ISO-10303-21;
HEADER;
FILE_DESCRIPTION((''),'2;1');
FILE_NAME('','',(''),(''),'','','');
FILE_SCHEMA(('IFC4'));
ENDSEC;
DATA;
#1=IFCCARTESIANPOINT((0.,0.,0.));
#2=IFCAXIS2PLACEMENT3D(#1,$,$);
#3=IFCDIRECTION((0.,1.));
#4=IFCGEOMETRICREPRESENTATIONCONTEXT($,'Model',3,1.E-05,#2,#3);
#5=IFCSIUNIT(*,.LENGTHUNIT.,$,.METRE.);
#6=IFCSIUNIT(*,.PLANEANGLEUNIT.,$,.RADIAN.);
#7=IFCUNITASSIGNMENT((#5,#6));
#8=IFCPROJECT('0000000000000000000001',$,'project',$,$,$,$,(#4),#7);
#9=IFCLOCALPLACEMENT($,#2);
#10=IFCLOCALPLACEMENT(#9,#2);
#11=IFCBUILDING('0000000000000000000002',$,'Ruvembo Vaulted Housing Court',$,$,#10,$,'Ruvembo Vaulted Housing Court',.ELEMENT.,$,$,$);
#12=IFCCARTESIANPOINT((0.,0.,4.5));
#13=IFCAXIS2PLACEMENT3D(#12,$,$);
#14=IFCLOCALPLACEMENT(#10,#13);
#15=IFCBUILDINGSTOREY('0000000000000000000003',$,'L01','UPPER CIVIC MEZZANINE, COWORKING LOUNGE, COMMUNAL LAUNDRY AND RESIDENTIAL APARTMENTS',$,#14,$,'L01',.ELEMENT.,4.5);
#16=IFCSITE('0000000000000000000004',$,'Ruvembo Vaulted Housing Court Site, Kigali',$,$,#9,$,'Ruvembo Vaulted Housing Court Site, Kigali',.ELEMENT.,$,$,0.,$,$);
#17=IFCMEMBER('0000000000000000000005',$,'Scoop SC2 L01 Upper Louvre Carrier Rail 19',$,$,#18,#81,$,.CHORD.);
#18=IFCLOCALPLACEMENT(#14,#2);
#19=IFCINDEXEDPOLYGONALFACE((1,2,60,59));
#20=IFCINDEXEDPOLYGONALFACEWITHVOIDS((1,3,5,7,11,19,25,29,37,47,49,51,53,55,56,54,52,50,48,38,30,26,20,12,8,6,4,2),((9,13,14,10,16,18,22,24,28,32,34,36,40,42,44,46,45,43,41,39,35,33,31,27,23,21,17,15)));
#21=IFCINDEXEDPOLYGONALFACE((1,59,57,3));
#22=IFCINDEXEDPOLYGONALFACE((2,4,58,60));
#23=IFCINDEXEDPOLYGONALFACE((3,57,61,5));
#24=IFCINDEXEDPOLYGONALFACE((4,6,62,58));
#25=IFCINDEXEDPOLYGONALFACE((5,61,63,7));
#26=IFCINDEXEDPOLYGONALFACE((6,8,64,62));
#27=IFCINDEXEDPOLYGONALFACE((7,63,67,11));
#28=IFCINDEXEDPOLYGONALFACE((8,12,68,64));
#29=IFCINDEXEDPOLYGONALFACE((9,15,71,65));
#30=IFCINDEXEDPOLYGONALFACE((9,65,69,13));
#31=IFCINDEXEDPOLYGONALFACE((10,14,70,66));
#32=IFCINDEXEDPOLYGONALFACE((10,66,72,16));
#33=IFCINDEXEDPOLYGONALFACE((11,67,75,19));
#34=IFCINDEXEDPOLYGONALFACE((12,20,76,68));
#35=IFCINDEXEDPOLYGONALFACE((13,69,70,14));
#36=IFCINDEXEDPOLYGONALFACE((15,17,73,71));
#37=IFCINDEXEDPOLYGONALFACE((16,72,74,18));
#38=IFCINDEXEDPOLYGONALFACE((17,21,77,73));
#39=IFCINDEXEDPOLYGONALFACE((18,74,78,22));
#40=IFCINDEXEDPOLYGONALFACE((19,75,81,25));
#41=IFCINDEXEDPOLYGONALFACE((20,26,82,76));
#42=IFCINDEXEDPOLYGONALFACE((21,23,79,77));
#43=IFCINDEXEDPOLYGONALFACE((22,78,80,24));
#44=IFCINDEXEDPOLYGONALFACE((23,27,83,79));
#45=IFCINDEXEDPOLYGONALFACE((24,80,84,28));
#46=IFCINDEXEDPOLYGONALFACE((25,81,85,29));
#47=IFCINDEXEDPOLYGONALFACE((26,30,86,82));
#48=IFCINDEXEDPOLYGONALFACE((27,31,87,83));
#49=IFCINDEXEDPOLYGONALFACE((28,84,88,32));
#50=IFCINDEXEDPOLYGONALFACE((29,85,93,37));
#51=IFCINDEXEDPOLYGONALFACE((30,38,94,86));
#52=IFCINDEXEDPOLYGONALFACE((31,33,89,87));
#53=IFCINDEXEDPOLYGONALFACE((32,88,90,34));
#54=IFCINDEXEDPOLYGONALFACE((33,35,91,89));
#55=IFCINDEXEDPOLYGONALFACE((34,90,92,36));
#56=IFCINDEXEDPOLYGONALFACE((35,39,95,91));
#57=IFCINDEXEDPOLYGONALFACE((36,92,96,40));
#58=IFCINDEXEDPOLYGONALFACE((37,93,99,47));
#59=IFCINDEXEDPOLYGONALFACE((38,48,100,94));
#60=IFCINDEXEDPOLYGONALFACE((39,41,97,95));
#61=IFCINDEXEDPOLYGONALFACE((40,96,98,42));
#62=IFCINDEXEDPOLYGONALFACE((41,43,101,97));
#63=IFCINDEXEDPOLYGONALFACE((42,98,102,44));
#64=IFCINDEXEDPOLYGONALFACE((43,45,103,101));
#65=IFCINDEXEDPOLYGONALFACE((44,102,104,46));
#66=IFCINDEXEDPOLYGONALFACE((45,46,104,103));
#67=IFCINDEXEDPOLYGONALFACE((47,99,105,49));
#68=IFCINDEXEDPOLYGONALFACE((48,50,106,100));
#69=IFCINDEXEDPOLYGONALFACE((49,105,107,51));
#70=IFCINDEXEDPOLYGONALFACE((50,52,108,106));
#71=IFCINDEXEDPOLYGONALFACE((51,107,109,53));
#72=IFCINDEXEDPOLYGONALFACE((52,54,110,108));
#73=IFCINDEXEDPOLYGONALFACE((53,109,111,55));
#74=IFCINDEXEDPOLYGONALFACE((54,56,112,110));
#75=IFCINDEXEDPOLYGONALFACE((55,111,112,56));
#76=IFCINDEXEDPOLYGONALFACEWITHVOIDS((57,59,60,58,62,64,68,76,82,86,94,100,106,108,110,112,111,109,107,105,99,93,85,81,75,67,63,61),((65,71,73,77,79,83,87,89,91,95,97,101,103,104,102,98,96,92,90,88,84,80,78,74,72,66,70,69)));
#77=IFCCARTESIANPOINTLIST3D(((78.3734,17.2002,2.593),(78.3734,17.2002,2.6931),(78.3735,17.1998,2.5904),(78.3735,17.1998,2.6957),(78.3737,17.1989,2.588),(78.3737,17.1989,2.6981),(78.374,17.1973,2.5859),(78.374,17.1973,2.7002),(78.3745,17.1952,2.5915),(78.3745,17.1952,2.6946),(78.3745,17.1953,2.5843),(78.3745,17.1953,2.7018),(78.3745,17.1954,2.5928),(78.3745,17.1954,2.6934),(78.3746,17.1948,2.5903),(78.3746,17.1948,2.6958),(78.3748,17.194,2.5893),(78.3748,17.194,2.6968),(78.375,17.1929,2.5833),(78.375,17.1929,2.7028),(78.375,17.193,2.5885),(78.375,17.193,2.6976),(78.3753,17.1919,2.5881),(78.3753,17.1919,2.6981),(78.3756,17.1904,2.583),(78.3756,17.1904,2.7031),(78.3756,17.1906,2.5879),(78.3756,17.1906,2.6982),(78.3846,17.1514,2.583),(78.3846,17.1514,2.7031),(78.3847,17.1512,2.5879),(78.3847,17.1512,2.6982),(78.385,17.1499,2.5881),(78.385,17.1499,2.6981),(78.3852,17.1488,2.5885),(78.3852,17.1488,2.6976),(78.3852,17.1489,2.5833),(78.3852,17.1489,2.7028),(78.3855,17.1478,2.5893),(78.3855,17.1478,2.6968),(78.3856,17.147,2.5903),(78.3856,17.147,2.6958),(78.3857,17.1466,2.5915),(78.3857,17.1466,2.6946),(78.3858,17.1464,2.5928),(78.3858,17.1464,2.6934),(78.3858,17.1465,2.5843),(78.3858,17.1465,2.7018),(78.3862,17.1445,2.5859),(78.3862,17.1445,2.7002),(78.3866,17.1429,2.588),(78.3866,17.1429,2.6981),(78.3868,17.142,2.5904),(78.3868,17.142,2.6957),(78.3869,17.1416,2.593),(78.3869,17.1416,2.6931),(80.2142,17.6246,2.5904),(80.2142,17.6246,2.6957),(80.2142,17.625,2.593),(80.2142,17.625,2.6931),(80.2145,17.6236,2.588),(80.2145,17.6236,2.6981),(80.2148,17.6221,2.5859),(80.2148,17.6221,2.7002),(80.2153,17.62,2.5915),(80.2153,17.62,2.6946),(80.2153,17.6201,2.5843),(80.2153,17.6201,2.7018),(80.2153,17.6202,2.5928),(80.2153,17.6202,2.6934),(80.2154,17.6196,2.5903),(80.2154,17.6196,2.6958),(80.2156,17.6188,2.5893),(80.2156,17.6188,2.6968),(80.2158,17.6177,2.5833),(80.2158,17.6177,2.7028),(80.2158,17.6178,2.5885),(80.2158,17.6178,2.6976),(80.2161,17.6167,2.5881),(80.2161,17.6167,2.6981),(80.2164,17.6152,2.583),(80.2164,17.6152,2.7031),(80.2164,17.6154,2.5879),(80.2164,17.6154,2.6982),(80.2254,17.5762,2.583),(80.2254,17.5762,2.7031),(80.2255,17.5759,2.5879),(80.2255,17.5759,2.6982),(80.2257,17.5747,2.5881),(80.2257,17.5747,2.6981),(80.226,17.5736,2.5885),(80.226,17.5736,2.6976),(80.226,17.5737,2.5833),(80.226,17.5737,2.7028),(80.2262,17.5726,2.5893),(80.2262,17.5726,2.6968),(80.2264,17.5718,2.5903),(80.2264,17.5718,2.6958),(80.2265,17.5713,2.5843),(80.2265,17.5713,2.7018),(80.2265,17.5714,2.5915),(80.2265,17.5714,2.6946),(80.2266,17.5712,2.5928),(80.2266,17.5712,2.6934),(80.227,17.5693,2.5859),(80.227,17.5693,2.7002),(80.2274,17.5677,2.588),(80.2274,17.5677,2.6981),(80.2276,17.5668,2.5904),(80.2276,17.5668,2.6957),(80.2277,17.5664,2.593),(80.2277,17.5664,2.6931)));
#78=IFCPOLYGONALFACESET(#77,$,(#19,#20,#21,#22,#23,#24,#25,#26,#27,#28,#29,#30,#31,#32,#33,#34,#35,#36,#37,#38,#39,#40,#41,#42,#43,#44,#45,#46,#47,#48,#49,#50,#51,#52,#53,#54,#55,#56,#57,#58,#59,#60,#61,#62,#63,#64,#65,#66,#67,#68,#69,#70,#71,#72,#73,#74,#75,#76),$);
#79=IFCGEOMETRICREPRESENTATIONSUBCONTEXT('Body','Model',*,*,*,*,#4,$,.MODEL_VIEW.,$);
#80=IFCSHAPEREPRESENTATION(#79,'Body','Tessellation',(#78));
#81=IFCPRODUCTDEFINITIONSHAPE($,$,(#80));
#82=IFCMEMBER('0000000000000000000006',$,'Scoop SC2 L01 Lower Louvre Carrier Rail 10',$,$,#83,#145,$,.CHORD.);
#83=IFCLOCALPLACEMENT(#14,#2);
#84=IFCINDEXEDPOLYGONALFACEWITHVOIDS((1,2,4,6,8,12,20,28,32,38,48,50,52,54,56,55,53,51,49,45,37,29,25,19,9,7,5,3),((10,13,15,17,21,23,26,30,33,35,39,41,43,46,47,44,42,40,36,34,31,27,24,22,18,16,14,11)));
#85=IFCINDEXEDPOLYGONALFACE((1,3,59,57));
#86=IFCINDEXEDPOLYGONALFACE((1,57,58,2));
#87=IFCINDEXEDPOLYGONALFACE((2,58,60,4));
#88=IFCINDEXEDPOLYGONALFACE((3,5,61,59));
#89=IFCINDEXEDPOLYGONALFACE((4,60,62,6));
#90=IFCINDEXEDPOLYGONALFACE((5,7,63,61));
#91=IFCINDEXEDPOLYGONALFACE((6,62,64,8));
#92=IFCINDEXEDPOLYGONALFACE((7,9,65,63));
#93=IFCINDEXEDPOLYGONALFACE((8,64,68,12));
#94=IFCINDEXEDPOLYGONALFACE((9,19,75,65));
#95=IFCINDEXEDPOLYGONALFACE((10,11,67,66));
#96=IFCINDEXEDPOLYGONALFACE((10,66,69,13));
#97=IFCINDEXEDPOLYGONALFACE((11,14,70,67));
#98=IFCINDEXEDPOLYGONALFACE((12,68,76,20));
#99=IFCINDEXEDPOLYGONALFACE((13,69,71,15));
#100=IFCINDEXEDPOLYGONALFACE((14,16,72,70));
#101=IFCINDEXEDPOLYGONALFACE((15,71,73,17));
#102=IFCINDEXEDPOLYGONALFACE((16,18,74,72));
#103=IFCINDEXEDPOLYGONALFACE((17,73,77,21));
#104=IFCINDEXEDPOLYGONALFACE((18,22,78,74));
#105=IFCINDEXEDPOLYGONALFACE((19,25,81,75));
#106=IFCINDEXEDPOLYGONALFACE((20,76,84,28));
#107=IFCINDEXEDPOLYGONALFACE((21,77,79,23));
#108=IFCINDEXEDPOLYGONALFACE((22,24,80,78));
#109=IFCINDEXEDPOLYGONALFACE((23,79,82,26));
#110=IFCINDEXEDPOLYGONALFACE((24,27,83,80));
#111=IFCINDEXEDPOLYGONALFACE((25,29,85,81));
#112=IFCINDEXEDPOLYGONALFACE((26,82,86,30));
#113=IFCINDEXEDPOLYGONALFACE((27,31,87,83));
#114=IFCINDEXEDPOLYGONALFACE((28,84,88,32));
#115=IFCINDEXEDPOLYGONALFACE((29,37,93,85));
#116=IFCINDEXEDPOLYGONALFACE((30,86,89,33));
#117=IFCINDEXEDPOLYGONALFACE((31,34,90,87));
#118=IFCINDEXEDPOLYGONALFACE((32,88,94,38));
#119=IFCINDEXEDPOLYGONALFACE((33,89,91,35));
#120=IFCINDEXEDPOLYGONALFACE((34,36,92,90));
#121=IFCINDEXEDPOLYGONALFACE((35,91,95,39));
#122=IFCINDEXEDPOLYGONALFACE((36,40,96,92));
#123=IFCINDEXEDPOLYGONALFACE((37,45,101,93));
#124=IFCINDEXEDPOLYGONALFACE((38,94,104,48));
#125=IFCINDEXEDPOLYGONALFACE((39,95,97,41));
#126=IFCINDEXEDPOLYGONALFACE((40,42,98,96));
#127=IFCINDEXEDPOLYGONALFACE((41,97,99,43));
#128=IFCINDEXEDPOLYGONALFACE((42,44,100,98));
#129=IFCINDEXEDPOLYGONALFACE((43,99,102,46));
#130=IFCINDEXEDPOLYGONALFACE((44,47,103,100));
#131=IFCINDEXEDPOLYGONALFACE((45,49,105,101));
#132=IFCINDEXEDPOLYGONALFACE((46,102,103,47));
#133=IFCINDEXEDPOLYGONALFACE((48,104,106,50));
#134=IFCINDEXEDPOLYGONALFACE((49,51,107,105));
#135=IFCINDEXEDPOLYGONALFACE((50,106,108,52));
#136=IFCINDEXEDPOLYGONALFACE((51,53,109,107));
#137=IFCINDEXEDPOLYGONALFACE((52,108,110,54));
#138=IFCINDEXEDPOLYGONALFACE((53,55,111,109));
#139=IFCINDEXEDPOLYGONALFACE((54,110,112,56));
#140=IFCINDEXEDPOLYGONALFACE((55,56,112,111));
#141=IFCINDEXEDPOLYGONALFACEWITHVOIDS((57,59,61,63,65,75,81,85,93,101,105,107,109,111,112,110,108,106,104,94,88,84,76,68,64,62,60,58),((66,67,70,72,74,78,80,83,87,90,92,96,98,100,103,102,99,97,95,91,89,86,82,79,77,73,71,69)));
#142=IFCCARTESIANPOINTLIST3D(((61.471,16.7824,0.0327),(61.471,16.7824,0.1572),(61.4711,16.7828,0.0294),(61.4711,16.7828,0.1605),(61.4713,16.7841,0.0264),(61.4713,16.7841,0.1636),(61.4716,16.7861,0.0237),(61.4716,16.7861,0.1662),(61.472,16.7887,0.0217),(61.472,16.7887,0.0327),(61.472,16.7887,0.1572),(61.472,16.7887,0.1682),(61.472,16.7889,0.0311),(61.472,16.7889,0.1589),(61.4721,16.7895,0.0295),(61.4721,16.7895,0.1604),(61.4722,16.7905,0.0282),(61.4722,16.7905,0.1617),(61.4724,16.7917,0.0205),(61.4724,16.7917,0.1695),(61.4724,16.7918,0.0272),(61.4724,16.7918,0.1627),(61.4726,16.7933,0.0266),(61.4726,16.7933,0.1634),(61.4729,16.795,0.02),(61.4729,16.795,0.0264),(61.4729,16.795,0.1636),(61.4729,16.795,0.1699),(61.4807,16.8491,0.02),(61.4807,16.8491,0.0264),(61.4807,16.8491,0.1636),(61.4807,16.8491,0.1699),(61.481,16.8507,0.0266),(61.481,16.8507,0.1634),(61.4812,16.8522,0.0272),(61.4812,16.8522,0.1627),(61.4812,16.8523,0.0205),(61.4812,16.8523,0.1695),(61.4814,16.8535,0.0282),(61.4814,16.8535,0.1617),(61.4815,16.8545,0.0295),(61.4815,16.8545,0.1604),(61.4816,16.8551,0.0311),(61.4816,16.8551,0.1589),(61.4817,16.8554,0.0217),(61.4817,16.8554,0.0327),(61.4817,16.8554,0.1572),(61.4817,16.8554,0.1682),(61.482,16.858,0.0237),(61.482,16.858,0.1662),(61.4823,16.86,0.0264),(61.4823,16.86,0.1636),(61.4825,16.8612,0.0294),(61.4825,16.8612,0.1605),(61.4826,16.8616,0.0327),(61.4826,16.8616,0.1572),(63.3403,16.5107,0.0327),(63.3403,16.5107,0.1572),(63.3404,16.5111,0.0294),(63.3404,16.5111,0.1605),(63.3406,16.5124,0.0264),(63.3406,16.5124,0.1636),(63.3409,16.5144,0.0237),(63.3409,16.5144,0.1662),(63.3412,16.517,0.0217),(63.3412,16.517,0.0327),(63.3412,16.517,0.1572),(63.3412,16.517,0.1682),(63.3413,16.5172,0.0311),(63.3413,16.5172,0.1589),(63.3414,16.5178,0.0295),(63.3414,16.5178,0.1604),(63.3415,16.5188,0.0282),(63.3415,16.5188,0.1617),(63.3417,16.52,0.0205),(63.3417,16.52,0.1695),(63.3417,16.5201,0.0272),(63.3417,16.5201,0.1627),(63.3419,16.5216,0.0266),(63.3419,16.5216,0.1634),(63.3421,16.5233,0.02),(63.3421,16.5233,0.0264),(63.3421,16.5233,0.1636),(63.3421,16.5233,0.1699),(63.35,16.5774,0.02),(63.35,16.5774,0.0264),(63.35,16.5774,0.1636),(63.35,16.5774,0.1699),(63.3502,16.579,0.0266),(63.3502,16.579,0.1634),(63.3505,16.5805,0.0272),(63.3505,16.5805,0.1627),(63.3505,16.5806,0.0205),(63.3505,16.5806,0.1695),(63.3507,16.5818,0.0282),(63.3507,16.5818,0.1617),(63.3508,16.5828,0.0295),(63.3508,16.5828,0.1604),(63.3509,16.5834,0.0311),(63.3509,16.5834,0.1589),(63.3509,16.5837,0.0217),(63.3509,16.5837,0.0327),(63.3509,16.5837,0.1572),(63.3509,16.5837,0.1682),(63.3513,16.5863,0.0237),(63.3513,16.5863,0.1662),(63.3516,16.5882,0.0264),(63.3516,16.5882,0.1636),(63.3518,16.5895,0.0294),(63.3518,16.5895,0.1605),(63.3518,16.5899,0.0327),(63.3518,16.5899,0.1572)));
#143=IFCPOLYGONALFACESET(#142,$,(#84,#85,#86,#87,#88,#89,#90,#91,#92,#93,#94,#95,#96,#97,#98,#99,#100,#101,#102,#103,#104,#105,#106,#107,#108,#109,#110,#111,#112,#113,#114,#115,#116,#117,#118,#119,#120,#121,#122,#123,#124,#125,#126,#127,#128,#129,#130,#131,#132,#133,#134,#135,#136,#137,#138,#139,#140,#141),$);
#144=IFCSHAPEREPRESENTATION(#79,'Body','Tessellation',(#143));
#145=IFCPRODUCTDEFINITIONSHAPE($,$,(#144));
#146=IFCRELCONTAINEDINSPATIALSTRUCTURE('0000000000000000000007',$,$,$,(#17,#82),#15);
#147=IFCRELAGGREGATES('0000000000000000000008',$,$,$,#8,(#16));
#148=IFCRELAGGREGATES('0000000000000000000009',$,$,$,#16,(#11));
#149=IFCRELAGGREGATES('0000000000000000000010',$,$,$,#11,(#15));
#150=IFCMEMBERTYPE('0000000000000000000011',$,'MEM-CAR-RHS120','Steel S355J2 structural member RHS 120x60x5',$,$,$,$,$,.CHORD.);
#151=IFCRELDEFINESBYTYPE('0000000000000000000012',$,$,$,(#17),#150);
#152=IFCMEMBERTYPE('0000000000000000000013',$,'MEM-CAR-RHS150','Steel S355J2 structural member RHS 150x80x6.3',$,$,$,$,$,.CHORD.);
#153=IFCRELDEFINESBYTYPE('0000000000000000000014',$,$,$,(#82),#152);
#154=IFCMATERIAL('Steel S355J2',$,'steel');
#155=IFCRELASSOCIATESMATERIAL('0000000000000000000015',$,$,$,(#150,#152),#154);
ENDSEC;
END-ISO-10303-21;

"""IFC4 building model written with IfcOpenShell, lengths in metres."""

from ifc_helpers import new_model, si_unit, direction, frame, origin, origin_2d, place, context, subcontext, project, spatial, hollow_rectangle, extrude, material, material_profile, profile_set, type_object, element, save


model = new_model("IFC4")

# Units and contexts
model_context = context("Model", 3, precision=1e-05, world=origin(), true_north=direction((0.0, 1.0)))
body_context = subcontext(model_context, "Body", "Model", "MODEL_VIEW")
ifc_project = project(units=[si_unit("LENGTHUNIT", "METRE"), si_unit("PLANEANGLEUNIT", "RADIAN")], contexts=[model_context])

# Site, building, storey
site_placement = place(None, origin())
site = spatial("IfcSite", under=ifc_project, at=site_placement, Name="Ruvembo Vaulted Housing Court Site, Kigali", LongName="Ruvembo Vaulted Housing Court Site, Kigali", CompositionType="ELEMENT", RefElevation=0.0)
building_placement = place(site_placement, origin())
building = spatial("IfcBuilding", under=site, at=building_placement, Name="Ruvembo Vaulted Housing Court", LongName="Ruvembo Vaulted Housing Court", CompositionType="ELEMENT")
storey_placement = place(building_placement, frame((0.0, 0.0, 4.5)))
storey = spatial("IfcBuildingStorey", under=building, at=storey_placement, Name="L01", Description="UPPER CIVIC MEZZANINE, COWORKING LOUNGE, COMMUNAL LAUNDRY AND RESIDENTIAL APARTMENTS", LongName="L01", CompositionType="ELEMENT", Elevation=4.5)

# Shared definitions
ifc_material_1 = material(Name="Steel S355J2", Category="steel")

# Members
ifc_material_profile_1 = material_profile(ifc_material_1, hollow_rectangle(XDim=0.0601, YDim=0.1201, WallThickness=0.0049, InnerFilletRadius=0.0049, OuterFilletRadius=0.01, at=origin_2d()), Name="RHS 120x60x5")
ifc_profile_set_1 = profile_set([ifc_material_profile_1], Name="Steel S355J2")
member_type_1 = type_object("IfcMemberType", Name="MEM-CAR-RHS120", Description="Steel S355J2 structural member RHS 120x60x5", PredefinedType="CHORD", material=ifc_profile_set_1)
member_1_placement = place(storey_placement, frame((78.3801, 17.1709, 2.6431), z_axis=(0.974391, 0.22486, 0.0), x_axis=(-0.22486, 0.974391, 0.0)))
element("IfcMember", 1, at=member_1_placement, inside=storey, type_object=member_type_1, Name="Scoop SC2 L01 Upper Louvre Carrier Rail 19", PredefinedType="CHORD", context=body_context, shape_type="SweptSolid", body=[
    extrude(hollow_rectangle(XDim=0.0601, YDim=0.1201, WallThickness=0.0049, InnerFilletRadius=0.0049, OuterFilletRadius=0.01, at=origin_2d()), origin(), (0.0, 0.0, 1.0), 1.8892),
])
ifc_material_profile_2 = material_profile(ifc_material_1, hollow_rectangle(XDim=0.0801, YDim=0.1499, WallThickness=0.0063, InnerFilletRadius=0.0063, OuterFilletRadius=0.0127, at=origin_2d()), Name="RHS 150x80x6.3")
ifc_profile_set_2 = profile_set([ifc_material_profile_2], Name="Steel S355J2")
member_type_2 = type_object("IfcMemberType", Name="MEM-CAR-RHS150", Description="Steel S355J2 structural member RHS 150x80x6.3", PredefinedType="CHORD", material=ifc_profile_set_2)
member_2_placement = place(storey_placement, frame((61.4768, 16.822, 0.095), z_axis=(0.9896, -0.143845, 0.0), x_axis=(0.143845, 0.9896, 0.0)))
element("IfcMember", 2, at=member_2_placement, inside=storey, type_object=member_type_2, Name="Scoop SC2 L01 Lower Louvre Carrier Rail 10", PredefinedType="CHORD", context=body_context, shape_type="SweptSolid", body=[
    extrude(hollow_rectangle(XDim=0.0801, YDim=0.1499, WallThickness=0.0063, InnerFilletRadius=0.0063, OuterFilletRadius=0.0127, at=origin_2d()), origin(), (0.0, 0.0, 1.0), 1.8889),
])

save(model, "model.ifc")
